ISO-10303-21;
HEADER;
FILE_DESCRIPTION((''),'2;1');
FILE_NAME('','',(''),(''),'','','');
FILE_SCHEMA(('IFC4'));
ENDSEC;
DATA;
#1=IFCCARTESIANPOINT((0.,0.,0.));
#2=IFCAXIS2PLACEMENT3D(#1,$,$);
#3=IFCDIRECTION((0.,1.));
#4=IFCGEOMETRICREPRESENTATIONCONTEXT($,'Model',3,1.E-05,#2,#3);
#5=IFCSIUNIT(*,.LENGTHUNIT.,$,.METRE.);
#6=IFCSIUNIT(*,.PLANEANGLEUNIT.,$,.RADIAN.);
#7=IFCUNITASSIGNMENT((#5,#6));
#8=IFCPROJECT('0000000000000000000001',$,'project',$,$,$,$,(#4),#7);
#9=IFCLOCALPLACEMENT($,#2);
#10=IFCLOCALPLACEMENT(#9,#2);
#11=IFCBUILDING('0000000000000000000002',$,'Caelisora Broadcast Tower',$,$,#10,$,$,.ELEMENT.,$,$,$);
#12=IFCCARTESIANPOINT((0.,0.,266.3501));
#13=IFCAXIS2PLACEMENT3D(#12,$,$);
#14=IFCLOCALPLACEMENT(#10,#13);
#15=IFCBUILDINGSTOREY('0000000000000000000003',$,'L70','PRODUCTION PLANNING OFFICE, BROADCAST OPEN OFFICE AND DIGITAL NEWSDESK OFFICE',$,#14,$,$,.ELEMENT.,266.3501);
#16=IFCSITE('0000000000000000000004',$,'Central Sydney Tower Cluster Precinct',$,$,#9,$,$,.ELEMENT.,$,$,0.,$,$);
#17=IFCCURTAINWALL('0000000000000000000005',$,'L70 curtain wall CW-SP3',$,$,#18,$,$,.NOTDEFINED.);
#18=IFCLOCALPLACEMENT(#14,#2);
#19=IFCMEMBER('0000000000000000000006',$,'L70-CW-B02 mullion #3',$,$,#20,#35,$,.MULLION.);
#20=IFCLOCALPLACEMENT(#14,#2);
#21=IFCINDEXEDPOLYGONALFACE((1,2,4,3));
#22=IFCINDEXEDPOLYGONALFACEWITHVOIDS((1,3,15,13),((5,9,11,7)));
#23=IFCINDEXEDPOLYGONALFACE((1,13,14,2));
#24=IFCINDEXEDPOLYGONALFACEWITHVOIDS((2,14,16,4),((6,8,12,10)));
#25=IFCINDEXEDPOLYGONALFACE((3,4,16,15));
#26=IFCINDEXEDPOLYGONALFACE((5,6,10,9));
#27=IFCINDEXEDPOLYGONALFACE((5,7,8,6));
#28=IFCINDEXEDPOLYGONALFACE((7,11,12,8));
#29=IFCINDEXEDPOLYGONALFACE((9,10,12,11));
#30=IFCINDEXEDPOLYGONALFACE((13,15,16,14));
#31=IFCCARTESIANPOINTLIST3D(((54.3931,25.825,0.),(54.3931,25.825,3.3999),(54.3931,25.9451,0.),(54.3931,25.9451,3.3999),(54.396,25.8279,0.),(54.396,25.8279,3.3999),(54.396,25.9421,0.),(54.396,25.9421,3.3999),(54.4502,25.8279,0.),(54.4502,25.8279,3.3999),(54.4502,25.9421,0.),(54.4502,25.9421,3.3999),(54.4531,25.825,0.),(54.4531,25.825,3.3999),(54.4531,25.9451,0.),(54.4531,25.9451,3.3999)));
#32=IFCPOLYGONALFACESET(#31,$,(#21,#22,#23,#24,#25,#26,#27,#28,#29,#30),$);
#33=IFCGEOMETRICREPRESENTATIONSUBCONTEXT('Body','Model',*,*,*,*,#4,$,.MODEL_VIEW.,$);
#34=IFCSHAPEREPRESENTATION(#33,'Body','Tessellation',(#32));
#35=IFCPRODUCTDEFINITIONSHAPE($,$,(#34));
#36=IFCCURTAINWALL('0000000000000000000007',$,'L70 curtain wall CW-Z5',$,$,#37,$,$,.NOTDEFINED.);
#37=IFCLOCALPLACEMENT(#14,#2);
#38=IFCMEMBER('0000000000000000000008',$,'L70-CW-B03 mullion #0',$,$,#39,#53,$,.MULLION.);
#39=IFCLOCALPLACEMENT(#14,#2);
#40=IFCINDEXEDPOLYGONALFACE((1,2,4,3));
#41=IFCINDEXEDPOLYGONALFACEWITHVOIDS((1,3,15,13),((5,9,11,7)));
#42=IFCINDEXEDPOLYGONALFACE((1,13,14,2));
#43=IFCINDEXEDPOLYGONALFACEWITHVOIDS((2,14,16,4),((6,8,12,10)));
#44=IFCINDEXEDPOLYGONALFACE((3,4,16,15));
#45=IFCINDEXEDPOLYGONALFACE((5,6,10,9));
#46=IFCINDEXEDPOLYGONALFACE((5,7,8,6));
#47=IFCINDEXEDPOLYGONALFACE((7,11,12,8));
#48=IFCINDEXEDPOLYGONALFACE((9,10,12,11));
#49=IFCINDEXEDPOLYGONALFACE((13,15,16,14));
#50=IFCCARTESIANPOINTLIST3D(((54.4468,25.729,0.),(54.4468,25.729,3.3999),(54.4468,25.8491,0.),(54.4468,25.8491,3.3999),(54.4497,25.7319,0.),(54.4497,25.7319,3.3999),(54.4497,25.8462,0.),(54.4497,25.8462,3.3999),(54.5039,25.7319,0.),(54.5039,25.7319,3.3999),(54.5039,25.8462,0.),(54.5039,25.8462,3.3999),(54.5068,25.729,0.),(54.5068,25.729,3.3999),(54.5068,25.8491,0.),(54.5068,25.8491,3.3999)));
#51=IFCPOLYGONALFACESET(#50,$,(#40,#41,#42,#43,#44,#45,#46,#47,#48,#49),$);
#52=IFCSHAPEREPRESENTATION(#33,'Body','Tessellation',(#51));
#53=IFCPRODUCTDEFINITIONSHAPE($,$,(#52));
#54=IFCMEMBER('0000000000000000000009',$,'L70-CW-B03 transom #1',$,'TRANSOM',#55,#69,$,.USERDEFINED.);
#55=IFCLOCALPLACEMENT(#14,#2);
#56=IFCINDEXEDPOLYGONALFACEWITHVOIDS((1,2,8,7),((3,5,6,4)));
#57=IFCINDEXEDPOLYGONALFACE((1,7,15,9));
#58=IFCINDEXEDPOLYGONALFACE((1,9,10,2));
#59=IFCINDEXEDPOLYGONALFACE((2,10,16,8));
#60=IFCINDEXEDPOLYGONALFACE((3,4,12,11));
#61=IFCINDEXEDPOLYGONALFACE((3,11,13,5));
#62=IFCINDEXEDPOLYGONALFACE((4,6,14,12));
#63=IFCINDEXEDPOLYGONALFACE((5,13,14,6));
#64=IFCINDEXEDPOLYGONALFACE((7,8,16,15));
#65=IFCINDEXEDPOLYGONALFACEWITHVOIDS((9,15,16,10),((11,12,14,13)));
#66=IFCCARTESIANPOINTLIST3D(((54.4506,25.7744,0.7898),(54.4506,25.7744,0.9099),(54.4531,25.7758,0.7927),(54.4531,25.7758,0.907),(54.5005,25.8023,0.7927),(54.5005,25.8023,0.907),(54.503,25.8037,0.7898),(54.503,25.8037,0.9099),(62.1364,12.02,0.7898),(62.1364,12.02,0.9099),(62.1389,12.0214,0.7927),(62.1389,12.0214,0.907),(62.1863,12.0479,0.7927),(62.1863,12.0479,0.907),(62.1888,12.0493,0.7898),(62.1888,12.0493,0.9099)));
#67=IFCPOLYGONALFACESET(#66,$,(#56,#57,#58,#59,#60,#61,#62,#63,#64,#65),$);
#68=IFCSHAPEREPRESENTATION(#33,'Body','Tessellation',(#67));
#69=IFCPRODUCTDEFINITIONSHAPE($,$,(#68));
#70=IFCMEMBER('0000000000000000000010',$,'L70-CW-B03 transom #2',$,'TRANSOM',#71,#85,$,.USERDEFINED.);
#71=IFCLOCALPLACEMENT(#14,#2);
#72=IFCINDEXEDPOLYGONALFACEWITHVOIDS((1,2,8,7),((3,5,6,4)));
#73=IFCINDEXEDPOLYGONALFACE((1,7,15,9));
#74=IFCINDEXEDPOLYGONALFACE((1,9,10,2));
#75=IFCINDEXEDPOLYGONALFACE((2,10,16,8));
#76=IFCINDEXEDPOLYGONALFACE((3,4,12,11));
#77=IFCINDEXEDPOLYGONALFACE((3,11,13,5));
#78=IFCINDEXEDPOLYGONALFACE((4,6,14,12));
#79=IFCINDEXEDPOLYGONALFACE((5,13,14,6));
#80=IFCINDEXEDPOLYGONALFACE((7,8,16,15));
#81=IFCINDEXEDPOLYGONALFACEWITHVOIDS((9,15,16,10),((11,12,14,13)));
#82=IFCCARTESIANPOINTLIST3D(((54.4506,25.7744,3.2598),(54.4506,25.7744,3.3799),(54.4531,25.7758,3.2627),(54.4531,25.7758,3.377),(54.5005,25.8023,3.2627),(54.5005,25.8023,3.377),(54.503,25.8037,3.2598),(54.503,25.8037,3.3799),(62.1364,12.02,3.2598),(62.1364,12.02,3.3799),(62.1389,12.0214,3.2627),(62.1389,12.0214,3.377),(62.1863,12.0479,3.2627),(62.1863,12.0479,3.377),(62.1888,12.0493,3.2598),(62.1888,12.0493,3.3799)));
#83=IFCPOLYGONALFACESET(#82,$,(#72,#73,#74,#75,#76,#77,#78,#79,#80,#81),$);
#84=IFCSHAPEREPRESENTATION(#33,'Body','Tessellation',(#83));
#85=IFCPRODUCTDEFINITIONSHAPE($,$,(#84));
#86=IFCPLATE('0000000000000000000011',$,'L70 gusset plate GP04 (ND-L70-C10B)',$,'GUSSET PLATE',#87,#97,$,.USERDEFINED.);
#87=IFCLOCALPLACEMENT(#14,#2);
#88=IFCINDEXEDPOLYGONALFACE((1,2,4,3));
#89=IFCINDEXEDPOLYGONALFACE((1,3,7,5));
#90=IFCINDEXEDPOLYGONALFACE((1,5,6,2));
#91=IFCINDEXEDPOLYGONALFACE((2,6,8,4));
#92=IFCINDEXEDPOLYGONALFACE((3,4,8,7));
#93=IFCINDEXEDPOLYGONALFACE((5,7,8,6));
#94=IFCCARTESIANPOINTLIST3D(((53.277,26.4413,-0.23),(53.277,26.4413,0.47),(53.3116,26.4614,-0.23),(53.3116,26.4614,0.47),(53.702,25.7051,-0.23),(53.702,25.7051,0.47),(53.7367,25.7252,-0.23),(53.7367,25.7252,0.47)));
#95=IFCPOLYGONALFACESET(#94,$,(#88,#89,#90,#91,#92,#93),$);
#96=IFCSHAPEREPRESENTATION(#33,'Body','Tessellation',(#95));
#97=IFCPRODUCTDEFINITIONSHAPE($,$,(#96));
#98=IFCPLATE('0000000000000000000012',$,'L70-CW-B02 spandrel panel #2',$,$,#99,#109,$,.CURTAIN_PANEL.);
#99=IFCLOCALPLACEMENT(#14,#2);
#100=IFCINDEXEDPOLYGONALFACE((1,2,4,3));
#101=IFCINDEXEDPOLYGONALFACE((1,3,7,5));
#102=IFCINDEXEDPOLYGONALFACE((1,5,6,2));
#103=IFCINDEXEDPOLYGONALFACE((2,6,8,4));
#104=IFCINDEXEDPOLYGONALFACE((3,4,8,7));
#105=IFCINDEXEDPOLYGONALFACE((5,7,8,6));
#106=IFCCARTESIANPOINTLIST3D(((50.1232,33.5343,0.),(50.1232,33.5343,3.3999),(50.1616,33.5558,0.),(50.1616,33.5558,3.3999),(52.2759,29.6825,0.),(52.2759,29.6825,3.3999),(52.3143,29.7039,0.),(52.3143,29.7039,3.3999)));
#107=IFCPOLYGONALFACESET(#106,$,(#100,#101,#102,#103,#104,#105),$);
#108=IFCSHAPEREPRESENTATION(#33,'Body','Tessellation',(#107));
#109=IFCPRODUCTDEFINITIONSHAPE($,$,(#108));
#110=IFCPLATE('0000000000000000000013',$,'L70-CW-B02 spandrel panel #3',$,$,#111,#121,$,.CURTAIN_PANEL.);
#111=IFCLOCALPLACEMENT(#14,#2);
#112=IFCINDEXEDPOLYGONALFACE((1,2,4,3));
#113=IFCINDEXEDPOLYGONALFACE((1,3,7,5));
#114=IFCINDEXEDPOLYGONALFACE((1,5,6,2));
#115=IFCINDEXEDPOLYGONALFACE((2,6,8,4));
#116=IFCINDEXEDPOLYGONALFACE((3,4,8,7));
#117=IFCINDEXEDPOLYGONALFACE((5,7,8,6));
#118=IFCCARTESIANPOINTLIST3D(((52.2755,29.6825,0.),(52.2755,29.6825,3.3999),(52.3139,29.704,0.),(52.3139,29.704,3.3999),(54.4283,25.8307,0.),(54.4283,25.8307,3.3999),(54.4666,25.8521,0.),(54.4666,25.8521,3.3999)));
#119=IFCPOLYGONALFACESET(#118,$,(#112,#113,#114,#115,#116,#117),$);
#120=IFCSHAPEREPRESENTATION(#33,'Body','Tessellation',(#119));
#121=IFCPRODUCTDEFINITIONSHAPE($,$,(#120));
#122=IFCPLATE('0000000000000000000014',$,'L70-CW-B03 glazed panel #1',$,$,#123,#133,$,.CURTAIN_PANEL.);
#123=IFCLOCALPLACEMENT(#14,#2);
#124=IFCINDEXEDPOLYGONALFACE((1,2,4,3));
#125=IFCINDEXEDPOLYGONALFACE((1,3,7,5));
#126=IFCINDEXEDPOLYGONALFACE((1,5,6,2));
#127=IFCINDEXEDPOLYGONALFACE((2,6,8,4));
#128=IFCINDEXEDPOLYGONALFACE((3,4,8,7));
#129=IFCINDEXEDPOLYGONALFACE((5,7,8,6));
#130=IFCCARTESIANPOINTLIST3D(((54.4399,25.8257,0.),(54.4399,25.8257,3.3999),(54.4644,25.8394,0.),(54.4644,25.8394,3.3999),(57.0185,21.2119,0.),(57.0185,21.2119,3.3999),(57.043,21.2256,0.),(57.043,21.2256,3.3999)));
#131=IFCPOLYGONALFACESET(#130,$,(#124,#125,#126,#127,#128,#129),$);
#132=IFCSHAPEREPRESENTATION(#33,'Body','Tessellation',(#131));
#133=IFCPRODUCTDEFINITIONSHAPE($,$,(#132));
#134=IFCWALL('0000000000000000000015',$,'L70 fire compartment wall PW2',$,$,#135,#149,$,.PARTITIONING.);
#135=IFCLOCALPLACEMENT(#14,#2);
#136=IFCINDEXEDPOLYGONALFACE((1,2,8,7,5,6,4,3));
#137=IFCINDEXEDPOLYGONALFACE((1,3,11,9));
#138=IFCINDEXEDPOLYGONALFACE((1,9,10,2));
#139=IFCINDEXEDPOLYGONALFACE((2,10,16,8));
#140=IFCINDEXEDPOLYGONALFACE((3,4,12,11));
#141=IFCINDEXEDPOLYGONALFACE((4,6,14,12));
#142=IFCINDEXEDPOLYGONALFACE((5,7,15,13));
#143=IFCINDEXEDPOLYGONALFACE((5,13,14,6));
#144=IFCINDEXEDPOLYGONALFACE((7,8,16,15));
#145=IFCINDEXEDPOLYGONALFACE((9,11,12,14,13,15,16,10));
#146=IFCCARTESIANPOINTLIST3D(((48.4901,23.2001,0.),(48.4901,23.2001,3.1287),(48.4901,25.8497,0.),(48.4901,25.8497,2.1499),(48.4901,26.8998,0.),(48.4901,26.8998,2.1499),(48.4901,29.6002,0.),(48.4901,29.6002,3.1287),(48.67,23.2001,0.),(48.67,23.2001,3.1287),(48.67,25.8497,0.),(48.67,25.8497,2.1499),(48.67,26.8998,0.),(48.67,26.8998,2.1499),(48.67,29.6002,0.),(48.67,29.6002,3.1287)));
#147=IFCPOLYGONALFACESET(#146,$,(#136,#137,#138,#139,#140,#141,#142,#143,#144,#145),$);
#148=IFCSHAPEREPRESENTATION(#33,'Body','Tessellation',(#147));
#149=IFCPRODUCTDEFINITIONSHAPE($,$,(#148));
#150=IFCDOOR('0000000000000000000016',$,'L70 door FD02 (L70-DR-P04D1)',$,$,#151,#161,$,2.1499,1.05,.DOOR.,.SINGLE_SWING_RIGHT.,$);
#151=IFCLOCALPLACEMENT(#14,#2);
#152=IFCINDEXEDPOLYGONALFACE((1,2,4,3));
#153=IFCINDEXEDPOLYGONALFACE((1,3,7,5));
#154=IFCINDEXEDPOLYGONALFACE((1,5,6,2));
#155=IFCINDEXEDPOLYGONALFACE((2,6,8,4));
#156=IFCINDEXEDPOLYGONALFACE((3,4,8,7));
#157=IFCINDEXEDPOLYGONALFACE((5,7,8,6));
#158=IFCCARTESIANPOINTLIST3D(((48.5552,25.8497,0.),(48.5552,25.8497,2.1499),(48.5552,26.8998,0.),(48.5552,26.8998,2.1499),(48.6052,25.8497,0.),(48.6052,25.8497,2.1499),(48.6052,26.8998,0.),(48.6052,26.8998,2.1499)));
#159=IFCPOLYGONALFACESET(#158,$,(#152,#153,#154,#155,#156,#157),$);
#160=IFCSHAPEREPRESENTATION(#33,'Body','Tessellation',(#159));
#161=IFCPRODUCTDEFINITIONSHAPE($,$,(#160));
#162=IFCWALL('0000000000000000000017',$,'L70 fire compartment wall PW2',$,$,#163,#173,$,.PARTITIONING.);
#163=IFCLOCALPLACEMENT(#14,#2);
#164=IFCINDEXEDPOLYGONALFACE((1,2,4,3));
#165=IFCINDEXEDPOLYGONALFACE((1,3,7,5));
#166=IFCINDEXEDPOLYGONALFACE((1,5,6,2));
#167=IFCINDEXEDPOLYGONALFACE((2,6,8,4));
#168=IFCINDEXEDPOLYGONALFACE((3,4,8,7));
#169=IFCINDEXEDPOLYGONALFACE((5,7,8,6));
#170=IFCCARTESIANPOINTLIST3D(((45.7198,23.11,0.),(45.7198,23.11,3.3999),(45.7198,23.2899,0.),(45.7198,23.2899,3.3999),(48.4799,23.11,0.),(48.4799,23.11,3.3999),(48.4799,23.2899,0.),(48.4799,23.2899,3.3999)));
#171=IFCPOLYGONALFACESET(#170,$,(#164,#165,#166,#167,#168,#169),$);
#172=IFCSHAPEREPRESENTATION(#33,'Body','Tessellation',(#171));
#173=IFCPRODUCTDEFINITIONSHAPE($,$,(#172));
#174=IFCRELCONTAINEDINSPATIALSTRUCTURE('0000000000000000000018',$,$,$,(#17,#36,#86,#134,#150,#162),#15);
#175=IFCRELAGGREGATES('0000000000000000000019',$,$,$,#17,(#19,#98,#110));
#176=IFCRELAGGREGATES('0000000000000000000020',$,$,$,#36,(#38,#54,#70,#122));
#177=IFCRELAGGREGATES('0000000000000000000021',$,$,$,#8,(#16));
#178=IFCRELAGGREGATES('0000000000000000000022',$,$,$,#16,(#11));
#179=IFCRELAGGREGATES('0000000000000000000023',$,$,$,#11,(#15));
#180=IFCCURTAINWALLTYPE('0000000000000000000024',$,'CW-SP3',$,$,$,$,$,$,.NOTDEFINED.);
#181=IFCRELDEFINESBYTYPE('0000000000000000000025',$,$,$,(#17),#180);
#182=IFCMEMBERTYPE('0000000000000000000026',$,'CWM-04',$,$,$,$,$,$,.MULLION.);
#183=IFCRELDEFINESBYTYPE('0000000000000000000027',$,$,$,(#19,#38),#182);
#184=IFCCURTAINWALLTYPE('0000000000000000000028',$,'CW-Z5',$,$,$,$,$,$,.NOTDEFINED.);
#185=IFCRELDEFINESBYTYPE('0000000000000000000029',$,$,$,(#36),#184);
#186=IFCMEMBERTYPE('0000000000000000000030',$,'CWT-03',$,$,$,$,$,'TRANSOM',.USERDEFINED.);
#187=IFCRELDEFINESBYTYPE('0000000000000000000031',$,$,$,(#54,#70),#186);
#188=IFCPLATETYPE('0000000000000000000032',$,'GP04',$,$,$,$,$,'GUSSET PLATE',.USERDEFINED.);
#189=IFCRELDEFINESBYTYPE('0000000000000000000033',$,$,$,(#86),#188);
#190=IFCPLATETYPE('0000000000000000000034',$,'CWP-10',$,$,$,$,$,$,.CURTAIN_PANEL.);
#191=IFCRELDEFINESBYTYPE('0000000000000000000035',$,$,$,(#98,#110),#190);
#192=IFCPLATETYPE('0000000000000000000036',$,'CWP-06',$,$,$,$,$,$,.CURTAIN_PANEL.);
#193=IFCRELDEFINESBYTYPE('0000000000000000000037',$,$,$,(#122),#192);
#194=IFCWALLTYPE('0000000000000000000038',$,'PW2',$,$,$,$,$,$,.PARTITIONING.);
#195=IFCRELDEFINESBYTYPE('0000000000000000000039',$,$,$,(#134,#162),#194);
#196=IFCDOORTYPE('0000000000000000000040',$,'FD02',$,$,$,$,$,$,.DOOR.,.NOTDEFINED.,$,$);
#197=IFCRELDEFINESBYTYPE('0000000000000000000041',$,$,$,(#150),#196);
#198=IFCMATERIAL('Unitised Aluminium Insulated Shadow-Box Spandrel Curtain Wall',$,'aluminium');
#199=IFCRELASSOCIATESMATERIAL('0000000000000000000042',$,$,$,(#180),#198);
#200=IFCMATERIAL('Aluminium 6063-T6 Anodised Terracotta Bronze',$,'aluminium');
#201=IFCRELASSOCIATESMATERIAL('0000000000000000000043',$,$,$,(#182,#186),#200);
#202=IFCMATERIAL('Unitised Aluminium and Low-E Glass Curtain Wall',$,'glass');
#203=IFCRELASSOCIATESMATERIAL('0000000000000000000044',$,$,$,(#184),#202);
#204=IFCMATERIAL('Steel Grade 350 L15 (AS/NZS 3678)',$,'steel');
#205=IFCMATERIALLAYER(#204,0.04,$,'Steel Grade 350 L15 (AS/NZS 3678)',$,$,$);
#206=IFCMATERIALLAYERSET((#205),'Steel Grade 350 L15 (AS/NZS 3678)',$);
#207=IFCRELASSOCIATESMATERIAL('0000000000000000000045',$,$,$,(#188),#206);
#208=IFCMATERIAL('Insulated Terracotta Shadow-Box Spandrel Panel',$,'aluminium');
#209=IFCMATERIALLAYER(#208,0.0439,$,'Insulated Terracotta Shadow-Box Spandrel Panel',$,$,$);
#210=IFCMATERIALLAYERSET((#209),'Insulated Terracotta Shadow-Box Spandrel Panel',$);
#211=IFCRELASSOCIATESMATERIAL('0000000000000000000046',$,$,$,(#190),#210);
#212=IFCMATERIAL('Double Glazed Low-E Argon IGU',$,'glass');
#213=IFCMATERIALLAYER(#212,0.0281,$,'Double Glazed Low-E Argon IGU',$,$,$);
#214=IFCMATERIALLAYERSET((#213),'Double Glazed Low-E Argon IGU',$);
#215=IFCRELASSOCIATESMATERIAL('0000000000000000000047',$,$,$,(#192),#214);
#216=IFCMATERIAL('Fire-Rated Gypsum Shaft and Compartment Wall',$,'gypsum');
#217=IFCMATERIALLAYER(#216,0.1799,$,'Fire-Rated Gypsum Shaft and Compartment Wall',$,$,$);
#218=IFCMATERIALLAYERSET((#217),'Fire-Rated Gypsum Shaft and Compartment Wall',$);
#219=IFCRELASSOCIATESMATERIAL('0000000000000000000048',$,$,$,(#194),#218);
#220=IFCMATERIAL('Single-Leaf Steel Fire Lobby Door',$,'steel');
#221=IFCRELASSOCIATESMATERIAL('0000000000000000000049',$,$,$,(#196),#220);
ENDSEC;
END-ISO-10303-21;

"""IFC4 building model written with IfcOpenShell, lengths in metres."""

from ifc_helpers import new_model, si_unit, direction, frame, frame_2d, origin, origin_2d, place, context, subcontext, project, spatial, rectangle, hollow_rectangle, extrude, source, transform, mapped, material, layer, layer_set, material_profile, profile_set, type_object, type_shapes, element, fill, aggregate, save


model = new_model("IFC4")

# Units and contexts
model_context = context("Model", 3, precision=1e-05, world=origin(), true_north=direction((0.0, 1.0)))
body_context = subcontext(model_context, "Body", "Model", "MODEL_VIEW")
ifc_project = project(units=[si_unit("LENGTHUNIT", "METRE"), si_unit("PLANEANGLEUNIT", "RADIAN")], contexts=[model_context])

# Site, building, storey
site_placement = place(None, origin())
site = spatial("IfcSite", under=ifc_project, at=site_placement, Name="Central Sydney Tower Cluster Precinct", CompositionType="ELEMENT", RefElevation=0.0)
building_placement = place(site_placement, origin())
building = spatial("IfcBuilding", under=site, at=building_placement, Name="Caelisora Broadcast Tower", CompositionType="ELEMENT")
storey_placement = place(building_placement, frame((0.0, 0.0, 266.3501)))
storey = spatial("IfcBuildingStorey", under=building, at=storey_placement, Name="L70", Description="PRODUCTION PLANNING OFFICE, BROADCAST OPEN OFFICE AND DIGITAL NEWSDESK OFFICE", CompositionType="ELEMENT", Elevation=266.3501)

# Shared definitions
ifc_material_1 = material(Name="Steel Grade 350 L15 (AS/NZS 3678)", Category="steel")

# Curtain walls, members
ifc_material_2 = material(Name="Unitised Aluminium Insulated Shadow-Box Spandrel Curtain Wall", Category="aluminium")
curtain_wall_type_1 = type_object("IfcCurtainWallType", Name="CW-SP3", PredefinedType="NOTDEFINED", material=ifc_material_2)
curtain_wall_1_placement = place(storey_placement, origin())
curtain_wall_1 = element("IfcCurtainWall", 1, at=curtain_wall_1_placement, inside=storey, type_object=curtain_wall_type_1, Name="L70 curtain wall CW-SP3", PredefinedType="NOTDEFINED")
ifc_material_3 = material(Name="Aluminium 6063-T6 Anodised Terracotta Bronze", Category="aluminium")
ifc_material_profile_1 = material_profile(ifc_material_3, hollow_rectangle(XDim=0.0601, YDim=0.1201, WallThickness=0.0029, at=origin_2d()), Name="Aluminium 6063-T6 Anodised Terracotta Bronze")
ifc_profile_set_1 = profile_set([ifc_material_profile_1], Name="Aluminium 6063-T6 Anodised Terracotta Bronze")
member_type_1 = type_object("IfcMemberType", Name="CWM-04", PredefinedType="MULLION", material=ifc_profile_set_1)
shared_shape_1 = source(origin(), body_context, "Body", "SweptSolid", [
    extrude(hollow_rectangle(XDim=0.0601, YDim=0.1201, WallThickness=0.0029, at=origin_2d()), origin(), (0.0, 0.0, 1.0), 3.3999),
])
type_shapes(member_type_1, [shared_shape_1])
member_1_placement = place(storey_placement, frame((54.4231, 25.885, 0.0), z_axis=(0.0, 0.0, 1.0), x_axis=(1.0, 0.0, 0.0)))
member_1 = element("IfcMember", 2, at=member_1_placement, type_object=member_type_1, Name="L70-CW-B02 mullion #3", PredefinedType="MULLION", context=body_context, shape_type="MappedRepresentation", body=[
    mapped(shared_shape_1, transform((0.0, 0.0, 0.0), scale=1.0)),
])
ifc_material_4 = material(Name="Unitised Aluminium and Low-E Glass Curtain Wall", Category="glass")
curtain_wall_type_2 = type_object("IfcCurtainWallType", Name="CW-Z5", PredefinedType="NOTDEFINED", material=ifc_material_4)
curtain_wall_2_placement = place(storey_placement, origin())
curtain_wall_2 = element("IfcCurtainWall", 3, at=curtain_wall_2_placement, inside=storey, type_object=curtain_wall_type_2, Name="L70 curtain wall CW-Z5", PredefinedType="NOTDEFINED")
member_2_placement = place(storey_placement, frame((54.4768, 25.7891, 0.0), z_axis=(0.0, 0.0, 1.0), x_axis=(1.0, 0.0, 0.0)))
member_2 = element("IfcMember", 4, at=member_2_placement, type_object=member_type_1, Name="L70-CW-B03 mullion #0", PredefinedType="MULLION", context=body_context, shape_type="MappedRepresentation", body=[
    mapped(shared_shape_1, transform((0.0, 0.0, 0.0), scale=1.0)),
])
ifc_material_profile_2 = material_profile(ifc_material_3, hollow_rectangle(XDim=0.0601, YDim=0.1201, WallThickness=0.0029, at=origin_2d()), Name="Aluminium 6063-T6 Anodised Terracotta Bronze")
ifc_profile_set_2 = profile_set([ifc_material_profile_2], Name="Aluminium 6063-T6 Anodised Terracotta Bronze")
member_type_2 = type_object("IfcMemberType", Name="CWT-03", ElementType="TRANSOM", PredefinedType="USERDEFINED", material=ifc_profile_set_2)
shared_shape_2 = source(origin(), body_context, "Body", "SweptSolid", [
    extrude(hollow_rectangle(XDim=0.0601, YDim=0.1201, WallThickness=0.0029, at=origin_2d()), origin(), (0.0, 0.0, 1.0), 15.7561),
])
type_shapes(member_type_2, [shared_shape_2])
member_3_placement = place(storey_placement, frame((54.4768, 25.7891, 0.8499), z_axis=(0.487798, -0.872957, 0.0), x_axis=(0.872957, 0.487798, 0.0)))
member_3 = element("IfcMember", 5, at=member_3_placement, type_object=member_type_2, Name="L70-CW-B03 transom #1", ObjectType="TRANSOM", PredefinedType="USERDEFINED", context=body_context, shape_type="MappedRepresentation", body=[
    mapped(shared_shape_2, transform((0.0, 0.0, 0.0), scale=1.0)),
])
member_4_placement = place(storey_placement, frame((54.4768, 25.7891, 3.3198), z_axis=(0.487798, -0.872957, 0.0), x_axis=(0.872957, 0.487798, 0.0)))
member_4 = element("IfcMember", 6, at=member_4_placement, type_object=member_type_2, Name="L70-CW-B03 transom #2", ObjectType="TRANSOM", PredefinedType="USERDEFINED", context=body_context, shape_type="MappedRepresentation", body=[
    mapped(shared_shape_2, transform((0.0, 0.0, 0.0), scale=1.0)),
])

# Plates
ifc_layer_1 = layer(ifc_material_1, 0.04, Name="Steel Grade 350 L15 (AS/NZS 3678)")
ifc_layer_set_1 = layer_set([ifc_layer_1], Name="Steel Grade 350 L15 (AS/NZS 3678)")
plate_type_1 = type_object("IfcPlateType", Name="GP04", ElementType="GUSSET PLATE", PredefinedType="USERDEFINED", material=ifc_layer_set_1)
shared_shape_3 = source(origin(), body_context, "Body", "SweptSolid", [
    extrude(rectangle(XDim=0.8501, YDim=0.04, at=origin_2d()), origin(), (0.0, 0.0, 1.0), 0.7),
])
type_shapes(plate_type_1, [shared_shape_3])
plate_1_placement = place(storey_placement, frame((53.5068, 26.0833, -0.23), z_axis=(0.0, 0.0, 1.0), x_axis=(-0.5, 0.866025, 0.0)))
element("IfcPlate", 7, at=plate_1_placement, inside=storey, type_object=plate_type_1, Name="L70 gusset plate GP04 (ND-L70-C10B)", ObjectType="GUSSET PLATE", PredefinedType="USERDEFINED", context=body_context, shape_type="MappedRepresentation", body=[
    mapped(shared_shape_3, transform((0.0, 0.0, 0.0), scale=1.0)),
])
ifc_material_5 = material(Name="Insulated Terracotta Shadow-Box Spandrel Panel", Category="aluminium")
ifc_layer_2 = layer(ifc_material_5, 0.0439, Name="Insulated Terracotta Shadow-Box Spandrel Panel")
ifc_layer_set_2 = layer_set([ifc_layer_2], Name="Insulated Terracotta Shadow-Box Spandrel Panel")
plate_type_2 = type_object("IfcPlateType", Name="CWP-10", PredefinedType="CURTAIN_PANEL", material=ifc_layer_set_2)
shared_shape_4 = source(origin(), body_context, "Body", "SweptSolid", [
    extrude(rectangle(XDim=4.4126, YDim=0.0439, at=origin_2d()), origin(), (0.0, 0.0, 1.0), 3.3999),
])
type_shapes(plate_type_2, [shared_shape_4])
plate_2_placement = place(storey_placement, frame((51.2188, 31.6191, 0.0), z_axis=(0.0, 0.0, 1.0), x_axis=(0.48786, -0.872922, 0.0)))
plate_2 = element("IfcPlate", 8, at=plate_2_placement, type_object=plate_type_2, Name="L70-CW-B02 spandrel panel #2", PredefinedType="CURTAIN_PANEL", context=body_context, shape_type="MappedRepresentation", body=[
    mapped(shared_shape_4, transform((0.0, 0.0, 0.0), scale=1.0)),
])
plate_3_placement = place(storey_placement, frame((53.3711, 27.7673, 0.0), z_axis=(0.0, 0.0, 1.0), x_axis=(0.48786, -0.872922, 0.0)))
plate_3 = element("IfcPlate", 9, at=plate_3_placement, type_object=plate_type_2, Name="L70-CW-B02 spandrel panel #3", PredefinedType="CURTAIN_PANEL", context=body_context, shape_type="MappedRepresentation", body=[
    mapped(shared_shape_4, transform((0.0, 0.0, 0.0), scale=1.0)),
])
aggregate(curtain_wall_1, [member_1, plate_2, plate_3])
ifc_material_6 = material(Name="Double Glazed Low-E Argon IGU", Category="glass")
ifc_layer_3 = layer(ifc_material_6, 0.0281, Name="Double Glazed Low-E Argon IGU")
ifc_layer_set_3 = layer_set([ifc_layer_3], Name="Double Glazed Low-E Argon IGU")
plate_type_3 = type_object("IfcPlateType", Name="CWP-06", PredefinedType="CURTAIN_PANEL", material=ifc_layer_set_3)
shared_shape_5 = source(origin(), body_context, "Body", "SweptSolid", [
    extrude(rectangle(XDim=5.2854, YDim=0.0281, at=origin_2d()), origin(), (0.0, 0.0, 1.0), 3.3999),
])
type_shapes(plate_type_3, [shared_shape_5])
plate_4_placement = place(storey_placement, frame((55.7415, 23.5256, 0.0), z_axis=(0.0, 0.0, 1.0), x_axis=(0.48786, -0.872922, 0.0)))
plate_4 = element("IfcPlate", 10, at=plate_4_placement, type_object=plate_type_3, Name="L70-CW-B03 glazed panel #1", PredefinedType="CURTAIN_PANEL", context=body_context, shape_type="MappedRepresentation", body=[
    mapped(shared_shape_5, transform((0.0, 0.0, 0.0), scale=1.0)),
])
aggregate(curtain_wall_2, [member_2, member_3, member_4, plate_4])

# Wall, opening, door
ifc_material_7 = material(Name="Fire-Rated Gypsum Shaft and Compartment Wall", Category="gypsum")
ifc_layer_4 = layer(ifc_material_7, 0.1799, Name="Fire-Rated Gypsum Shaft and Compartment Wall")
ifc_layer_set_4 = layer_set([ifc_layer_4], Name="Fire-Rated Gypsum Shaft and Compartment Wall")
wall_type_1 = type_object("IfcWallType", Name="PW2", PredefinedType="PARTITIONING", material=ifc_layer_set_4)
wall_1_placement = place(storey_placement, frame((48.5801, 23.2, 0.0), z_axis=(0.0, 0.0, 1.0), x_axis=(0.0, 1.0, 0.0)))
wall_1 = element("IfcWall", 11, at=wall_1_placement, inside=storey, type_object=wall_type_1, Name="L70 fire compartment wall PW2", PredefinedType="PARTITIONING", context=body_context, shape_type="SweptSolid", body=[
    extrude(rectangle(XDim=6.4001, YDim=0.1799, at=frame_2d((3.2002, 0.0))), origin(), (0.0, 0.0, 1.0), 3.1287),
])
opening_placement = place(wall_1_placement, frame((2.6499, 0.0, 0.0)))
opening = element("IfcOpeningElement", 12, at=opening_placement, cuts=wall_1, PredefinedType="OPENING", context=body_context, shape_type="SweptSolid", body=[
    extrude(rectangle(XDim=1.05, YDim=2.1499, at=frame_2d((0.5249, 1.075))), frame((0.0, 0.1021, 0.0), z_axis=(0.0, -1.0, 0.0), x_axis=(1.0, 0.0, 0.0)), (0.0, 0.0, 1.0), 0.2039),
])
ifc_material_8 = material(Name="Single-Leaf Steel Fire Lobby Door", Category="steel")
door_type = type_object("IfcDoorType", Name="FD02", OperationType="NOTDEFINED", PredefinedType="DOOR", material=ifc_material_8)
door_placement = place(opening_placement, origin())
door = element("IfcDoor", 13, at=door_placement, inside=storey, type_object=door_type, Name="L70 door FD02 (L70-DR-P04D1)", OperationType="SINGLE_SWING_RIGHT", OverallHeight=2.1499, OverallWidth=1.05, PredefinedType="DOOR", context=body_context, shape_type="SweptSolid", body=[
    extrude(rectangle(XDim=1.05, YDim=2.1499, at=frame_2d((0.5249, 1.075))), frame((0.0, 0.0249, 0.0), z_axis=(0.0, -1.0, 0.0), x_axis=(1.0, 0.0, 0.0)), (0.0, 0.0, 1.0), 0.05),
])
fill(opening, door)

# Wall
for number, where, z_axis, x_axis, name in (
    (14, (45.72, 23.2, 0.0), (0.0, 0.0, 1.0), (1.0, 0.0, 0.0), "L70 fire compartment wall PW2"),
):
    element("IfcWall", number, at=place(storey_placement, frame(where, z_axis=z_axis, x_axis=x_axis)), inside=storey, type_object=wall_type_1, Name=name, PredefinedType="PARTITIONING", context=body_context, shape_type="SweptSolid", body=[
        extrude(rectangle(XDim=2.76, YDim=0.1799, at=frame_2d((1.3799, 0.0))), origin(), (0.0, 0.0, 1.0), 3.3999),
    ])

save(model, "model.ifc")
